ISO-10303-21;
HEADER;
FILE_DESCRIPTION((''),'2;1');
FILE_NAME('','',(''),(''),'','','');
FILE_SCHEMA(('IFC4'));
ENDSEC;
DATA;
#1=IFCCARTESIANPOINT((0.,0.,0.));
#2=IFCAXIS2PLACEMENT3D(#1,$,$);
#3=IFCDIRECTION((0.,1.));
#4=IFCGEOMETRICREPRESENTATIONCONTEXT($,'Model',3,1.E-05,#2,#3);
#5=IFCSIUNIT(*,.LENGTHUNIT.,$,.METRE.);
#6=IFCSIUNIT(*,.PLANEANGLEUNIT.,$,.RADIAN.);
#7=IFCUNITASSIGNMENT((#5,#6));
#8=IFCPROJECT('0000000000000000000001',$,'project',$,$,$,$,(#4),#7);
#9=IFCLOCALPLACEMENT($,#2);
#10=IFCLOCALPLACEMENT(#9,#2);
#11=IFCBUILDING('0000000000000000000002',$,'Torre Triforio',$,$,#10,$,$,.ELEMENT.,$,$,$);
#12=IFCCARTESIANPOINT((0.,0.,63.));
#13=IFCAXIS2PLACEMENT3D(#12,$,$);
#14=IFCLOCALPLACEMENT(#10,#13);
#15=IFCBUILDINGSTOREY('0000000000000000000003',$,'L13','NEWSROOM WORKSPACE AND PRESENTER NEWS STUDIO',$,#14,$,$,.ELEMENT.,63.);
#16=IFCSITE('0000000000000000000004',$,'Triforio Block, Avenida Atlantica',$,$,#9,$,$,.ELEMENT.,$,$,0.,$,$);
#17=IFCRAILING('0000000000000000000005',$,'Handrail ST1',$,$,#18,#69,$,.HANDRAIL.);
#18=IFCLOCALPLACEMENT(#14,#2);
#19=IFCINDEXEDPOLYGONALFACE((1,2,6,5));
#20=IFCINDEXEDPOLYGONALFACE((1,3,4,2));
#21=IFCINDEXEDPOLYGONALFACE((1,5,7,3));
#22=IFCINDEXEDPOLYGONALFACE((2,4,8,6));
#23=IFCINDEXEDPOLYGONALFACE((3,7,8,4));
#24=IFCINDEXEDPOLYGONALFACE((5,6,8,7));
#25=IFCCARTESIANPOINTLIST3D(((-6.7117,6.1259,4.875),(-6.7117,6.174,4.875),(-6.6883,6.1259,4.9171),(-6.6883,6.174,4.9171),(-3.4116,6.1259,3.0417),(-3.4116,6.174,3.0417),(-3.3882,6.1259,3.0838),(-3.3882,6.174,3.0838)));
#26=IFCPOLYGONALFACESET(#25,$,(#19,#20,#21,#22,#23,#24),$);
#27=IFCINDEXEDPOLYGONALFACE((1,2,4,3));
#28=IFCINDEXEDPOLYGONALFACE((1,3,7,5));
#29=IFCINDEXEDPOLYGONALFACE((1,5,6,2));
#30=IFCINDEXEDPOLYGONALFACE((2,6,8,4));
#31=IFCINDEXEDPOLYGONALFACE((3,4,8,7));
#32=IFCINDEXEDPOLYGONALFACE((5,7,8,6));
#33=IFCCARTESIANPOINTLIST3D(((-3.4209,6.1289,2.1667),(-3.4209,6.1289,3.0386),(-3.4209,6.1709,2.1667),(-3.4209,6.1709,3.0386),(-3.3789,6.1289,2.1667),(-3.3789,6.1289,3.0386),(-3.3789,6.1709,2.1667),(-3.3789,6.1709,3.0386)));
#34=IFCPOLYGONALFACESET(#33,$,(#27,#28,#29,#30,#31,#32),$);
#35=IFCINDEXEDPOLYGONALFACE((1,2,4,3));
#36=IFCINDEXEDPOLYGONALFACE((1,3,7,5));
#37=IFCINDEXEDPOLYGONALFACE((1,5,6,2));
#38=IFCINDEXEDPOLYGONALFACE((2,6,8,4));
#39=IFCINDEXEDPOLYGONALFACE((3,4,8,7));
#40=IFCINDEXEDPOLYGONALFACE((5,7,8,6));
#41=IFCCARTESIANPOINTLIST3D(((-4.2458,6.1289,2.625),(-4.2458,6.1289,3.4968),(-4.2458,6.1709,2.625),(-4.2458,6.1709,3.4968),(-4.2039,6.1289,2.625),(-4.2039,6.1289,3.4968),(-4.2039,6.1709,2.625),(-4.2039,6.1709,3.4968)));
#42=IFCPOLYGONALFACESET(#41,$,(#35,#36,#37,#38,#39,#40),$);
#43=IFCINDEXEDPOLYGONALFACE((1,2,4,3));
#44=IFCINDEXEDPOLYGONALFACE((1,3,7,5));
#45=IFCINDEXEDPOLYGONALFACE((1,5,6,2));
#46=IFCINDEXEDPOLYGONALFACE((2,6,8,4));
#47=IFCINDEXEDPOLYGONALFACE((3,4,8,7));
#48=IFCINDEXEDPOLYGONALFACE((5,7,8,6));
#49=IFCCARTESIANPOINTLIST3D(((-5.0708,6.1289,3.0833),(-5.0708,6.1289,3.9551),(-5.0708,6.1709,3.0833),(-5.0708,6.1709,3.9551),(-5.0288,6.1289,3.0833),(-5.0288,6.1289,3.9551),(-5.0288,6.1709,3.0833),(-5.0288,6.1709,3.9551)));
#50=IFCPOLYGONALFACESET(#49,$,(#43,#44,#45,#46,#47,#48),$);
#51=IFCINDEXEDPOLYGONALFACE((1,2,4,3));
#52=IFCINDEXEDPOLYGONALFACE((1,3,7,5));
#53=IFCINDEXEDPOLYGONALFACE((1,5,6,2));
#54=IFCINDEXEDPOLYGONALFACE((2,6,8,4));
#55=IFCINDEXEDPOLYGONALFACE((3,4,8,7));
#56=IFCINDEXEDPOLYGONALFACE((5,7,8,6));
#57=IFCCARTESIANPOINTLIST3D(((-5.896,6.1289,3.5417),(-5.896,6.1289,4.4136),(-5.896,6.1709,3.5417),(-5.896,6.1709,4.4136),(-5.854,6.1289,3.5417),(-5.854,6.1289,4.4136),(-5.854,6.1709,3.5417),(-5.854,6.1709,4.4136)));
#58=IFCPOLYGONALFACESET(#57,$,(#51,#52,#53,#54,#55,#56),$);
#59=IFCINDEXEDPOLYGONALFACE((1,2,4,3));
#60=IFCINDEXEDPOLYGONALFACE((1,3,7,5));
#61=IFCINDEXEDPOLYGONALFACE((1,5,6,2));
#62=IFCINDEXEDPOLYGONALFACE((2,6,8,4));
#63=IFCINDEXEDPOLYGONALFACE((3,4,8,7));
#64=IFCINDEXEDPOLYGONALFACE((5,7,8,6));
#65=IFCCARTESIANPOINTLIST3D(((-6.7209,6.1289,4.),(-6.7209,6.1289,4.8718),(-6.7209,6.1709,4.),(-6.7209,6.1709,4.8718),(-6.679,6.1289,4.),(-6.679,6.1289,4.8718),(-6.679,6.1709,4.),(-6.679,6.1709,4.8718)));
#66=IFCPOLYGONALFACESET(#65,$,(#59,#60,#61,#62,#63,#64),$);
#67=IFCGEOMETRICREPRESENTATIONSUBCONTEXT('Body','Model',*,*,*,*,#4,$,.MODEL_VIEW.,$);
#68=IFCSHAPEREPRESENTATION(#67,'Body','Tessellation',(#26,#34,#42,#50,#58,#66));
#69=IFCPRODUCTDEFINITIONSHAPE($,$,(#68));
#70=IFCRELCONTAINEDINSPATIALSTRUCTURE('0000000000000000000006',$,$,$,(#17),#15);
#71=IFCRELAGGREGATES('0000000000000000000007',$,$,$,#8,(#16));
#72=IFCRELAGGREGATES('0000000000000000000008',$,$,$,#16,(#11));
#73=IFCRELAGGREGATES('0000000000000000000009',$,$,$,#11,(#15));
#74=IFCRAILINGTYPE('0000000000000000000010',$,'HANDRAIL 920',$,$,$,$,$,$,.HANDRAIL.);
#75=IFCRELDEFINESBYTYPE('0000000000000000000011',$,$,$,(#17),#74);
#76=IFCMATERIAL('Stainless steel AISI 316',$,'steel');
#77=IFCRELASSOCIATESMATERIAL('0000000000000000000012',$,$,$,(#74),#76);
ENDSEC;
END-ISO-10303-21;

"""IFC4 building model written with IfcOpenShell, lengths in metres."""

from ifc_helpers import new_model, si_unit, direction, frame, origin, origin_2d, place, context, subcontext, project, spatial, rectangle, extrude, material, type_object, element, save


model = new_model("IFC4")

# Units and contexts
model_context = context("Model", 3, precision=1e-05, world=origin(), true_north=direction((0.0, 1.0)))
body_context = subcontext(model_context, "Body", "Model", "MODEL_VIEW")
ifc_project = project(units=[si_unit("LENGTHUNIT", "METRE"), si_unit("PLANEANGLEUNIT", "RADIAN")], contexts=[model_context])

# Site, building, storey
site_placement = place(None, origin())
site = spatial("IfcSite", under=ifc_project, at=site_placement, Name="Triforio Block, Avenida Atlantica", CompositionType="ELEMENT", RefElevation=0.0)
building_placement = place(site_placement, origin())
building = spatial("IfcBuilding", under=site, at=building_placement, Name="Torre Triforio", CompositionType="ELEMENT")
storey_placement = place(building_placement, frame((0.0, 0.0, 63.0)))
storey = spatial("IfcBuildingStorey", under=building, at=storey_placement, Name="L13", Description="NEWSROOM WORKSPACE AND PRESENTER NEWS STUDIO", CompositionType="ELEMENT", Elevation=63.0)

# Railing
ifc_material_1 = material(Name="Stainless steel AISI 316", Category="steel")
railing_type = type_object("IfcRailingType", Name="HANDRAIL 920", PredefinedType="HANDRAIL", material=ifc_material_1)
for number, where, name in (
    (1, (-3.3999, 6.1499, 2.1667), "Handrail ST1"),
):
    element("IfcRailing", number, at=place(storey_placement, frame(where)), inside=storey, type_object=railing_type, Name=name, PredefinedType="HANDRAIL", context=body_context, shape_type="SweptSolid", body=[
        extrude(rectangle(XDim=0.0481, YDim=0.0481, at=origin_2d()), frame((0.0, 0.0, 0.896), z_axis=(-0.874169, 0.0, 0.485621), x_axis=(0.0, -1.0, 0.0)), (0.0, 0.0, 1.0), 3.7751),
        extrude(rectangle(XDim=0.042, YDim=0.042, at=origin_2d()), origin(), (0.0, 0.0, 1.0), 0.8718),
        extrude(rectangle(XDim=0.042, YDim=0.042, at=origin_2d()), frame((-0.825, 0.0, 0.4583)), (0.0, 0.0, 1.0), 0.8718),
        extrude(rectangle(XDim=0.042, YDim=0.042, at=origin_2d()), frame((-1.6499, 0.0, 0.9165)), (0.0, 0.0, 1.0), 0.8718),
        extrude(rectangle(XDim=0.042, YDim=0.042, at=origin_2d()), frame((-2.4751, 0.0, 1.375)), (0.0, 0.0, 1.0), 0.8718),
        extrude(rectangle(XDim=0.042, YDim=0.042, at=origin_2d()), frame((-3.3, 0.0, 1.8333)), (0.0, 0.0, 1.0), 0.8718),
    ])

save(model, "model.ifc")
